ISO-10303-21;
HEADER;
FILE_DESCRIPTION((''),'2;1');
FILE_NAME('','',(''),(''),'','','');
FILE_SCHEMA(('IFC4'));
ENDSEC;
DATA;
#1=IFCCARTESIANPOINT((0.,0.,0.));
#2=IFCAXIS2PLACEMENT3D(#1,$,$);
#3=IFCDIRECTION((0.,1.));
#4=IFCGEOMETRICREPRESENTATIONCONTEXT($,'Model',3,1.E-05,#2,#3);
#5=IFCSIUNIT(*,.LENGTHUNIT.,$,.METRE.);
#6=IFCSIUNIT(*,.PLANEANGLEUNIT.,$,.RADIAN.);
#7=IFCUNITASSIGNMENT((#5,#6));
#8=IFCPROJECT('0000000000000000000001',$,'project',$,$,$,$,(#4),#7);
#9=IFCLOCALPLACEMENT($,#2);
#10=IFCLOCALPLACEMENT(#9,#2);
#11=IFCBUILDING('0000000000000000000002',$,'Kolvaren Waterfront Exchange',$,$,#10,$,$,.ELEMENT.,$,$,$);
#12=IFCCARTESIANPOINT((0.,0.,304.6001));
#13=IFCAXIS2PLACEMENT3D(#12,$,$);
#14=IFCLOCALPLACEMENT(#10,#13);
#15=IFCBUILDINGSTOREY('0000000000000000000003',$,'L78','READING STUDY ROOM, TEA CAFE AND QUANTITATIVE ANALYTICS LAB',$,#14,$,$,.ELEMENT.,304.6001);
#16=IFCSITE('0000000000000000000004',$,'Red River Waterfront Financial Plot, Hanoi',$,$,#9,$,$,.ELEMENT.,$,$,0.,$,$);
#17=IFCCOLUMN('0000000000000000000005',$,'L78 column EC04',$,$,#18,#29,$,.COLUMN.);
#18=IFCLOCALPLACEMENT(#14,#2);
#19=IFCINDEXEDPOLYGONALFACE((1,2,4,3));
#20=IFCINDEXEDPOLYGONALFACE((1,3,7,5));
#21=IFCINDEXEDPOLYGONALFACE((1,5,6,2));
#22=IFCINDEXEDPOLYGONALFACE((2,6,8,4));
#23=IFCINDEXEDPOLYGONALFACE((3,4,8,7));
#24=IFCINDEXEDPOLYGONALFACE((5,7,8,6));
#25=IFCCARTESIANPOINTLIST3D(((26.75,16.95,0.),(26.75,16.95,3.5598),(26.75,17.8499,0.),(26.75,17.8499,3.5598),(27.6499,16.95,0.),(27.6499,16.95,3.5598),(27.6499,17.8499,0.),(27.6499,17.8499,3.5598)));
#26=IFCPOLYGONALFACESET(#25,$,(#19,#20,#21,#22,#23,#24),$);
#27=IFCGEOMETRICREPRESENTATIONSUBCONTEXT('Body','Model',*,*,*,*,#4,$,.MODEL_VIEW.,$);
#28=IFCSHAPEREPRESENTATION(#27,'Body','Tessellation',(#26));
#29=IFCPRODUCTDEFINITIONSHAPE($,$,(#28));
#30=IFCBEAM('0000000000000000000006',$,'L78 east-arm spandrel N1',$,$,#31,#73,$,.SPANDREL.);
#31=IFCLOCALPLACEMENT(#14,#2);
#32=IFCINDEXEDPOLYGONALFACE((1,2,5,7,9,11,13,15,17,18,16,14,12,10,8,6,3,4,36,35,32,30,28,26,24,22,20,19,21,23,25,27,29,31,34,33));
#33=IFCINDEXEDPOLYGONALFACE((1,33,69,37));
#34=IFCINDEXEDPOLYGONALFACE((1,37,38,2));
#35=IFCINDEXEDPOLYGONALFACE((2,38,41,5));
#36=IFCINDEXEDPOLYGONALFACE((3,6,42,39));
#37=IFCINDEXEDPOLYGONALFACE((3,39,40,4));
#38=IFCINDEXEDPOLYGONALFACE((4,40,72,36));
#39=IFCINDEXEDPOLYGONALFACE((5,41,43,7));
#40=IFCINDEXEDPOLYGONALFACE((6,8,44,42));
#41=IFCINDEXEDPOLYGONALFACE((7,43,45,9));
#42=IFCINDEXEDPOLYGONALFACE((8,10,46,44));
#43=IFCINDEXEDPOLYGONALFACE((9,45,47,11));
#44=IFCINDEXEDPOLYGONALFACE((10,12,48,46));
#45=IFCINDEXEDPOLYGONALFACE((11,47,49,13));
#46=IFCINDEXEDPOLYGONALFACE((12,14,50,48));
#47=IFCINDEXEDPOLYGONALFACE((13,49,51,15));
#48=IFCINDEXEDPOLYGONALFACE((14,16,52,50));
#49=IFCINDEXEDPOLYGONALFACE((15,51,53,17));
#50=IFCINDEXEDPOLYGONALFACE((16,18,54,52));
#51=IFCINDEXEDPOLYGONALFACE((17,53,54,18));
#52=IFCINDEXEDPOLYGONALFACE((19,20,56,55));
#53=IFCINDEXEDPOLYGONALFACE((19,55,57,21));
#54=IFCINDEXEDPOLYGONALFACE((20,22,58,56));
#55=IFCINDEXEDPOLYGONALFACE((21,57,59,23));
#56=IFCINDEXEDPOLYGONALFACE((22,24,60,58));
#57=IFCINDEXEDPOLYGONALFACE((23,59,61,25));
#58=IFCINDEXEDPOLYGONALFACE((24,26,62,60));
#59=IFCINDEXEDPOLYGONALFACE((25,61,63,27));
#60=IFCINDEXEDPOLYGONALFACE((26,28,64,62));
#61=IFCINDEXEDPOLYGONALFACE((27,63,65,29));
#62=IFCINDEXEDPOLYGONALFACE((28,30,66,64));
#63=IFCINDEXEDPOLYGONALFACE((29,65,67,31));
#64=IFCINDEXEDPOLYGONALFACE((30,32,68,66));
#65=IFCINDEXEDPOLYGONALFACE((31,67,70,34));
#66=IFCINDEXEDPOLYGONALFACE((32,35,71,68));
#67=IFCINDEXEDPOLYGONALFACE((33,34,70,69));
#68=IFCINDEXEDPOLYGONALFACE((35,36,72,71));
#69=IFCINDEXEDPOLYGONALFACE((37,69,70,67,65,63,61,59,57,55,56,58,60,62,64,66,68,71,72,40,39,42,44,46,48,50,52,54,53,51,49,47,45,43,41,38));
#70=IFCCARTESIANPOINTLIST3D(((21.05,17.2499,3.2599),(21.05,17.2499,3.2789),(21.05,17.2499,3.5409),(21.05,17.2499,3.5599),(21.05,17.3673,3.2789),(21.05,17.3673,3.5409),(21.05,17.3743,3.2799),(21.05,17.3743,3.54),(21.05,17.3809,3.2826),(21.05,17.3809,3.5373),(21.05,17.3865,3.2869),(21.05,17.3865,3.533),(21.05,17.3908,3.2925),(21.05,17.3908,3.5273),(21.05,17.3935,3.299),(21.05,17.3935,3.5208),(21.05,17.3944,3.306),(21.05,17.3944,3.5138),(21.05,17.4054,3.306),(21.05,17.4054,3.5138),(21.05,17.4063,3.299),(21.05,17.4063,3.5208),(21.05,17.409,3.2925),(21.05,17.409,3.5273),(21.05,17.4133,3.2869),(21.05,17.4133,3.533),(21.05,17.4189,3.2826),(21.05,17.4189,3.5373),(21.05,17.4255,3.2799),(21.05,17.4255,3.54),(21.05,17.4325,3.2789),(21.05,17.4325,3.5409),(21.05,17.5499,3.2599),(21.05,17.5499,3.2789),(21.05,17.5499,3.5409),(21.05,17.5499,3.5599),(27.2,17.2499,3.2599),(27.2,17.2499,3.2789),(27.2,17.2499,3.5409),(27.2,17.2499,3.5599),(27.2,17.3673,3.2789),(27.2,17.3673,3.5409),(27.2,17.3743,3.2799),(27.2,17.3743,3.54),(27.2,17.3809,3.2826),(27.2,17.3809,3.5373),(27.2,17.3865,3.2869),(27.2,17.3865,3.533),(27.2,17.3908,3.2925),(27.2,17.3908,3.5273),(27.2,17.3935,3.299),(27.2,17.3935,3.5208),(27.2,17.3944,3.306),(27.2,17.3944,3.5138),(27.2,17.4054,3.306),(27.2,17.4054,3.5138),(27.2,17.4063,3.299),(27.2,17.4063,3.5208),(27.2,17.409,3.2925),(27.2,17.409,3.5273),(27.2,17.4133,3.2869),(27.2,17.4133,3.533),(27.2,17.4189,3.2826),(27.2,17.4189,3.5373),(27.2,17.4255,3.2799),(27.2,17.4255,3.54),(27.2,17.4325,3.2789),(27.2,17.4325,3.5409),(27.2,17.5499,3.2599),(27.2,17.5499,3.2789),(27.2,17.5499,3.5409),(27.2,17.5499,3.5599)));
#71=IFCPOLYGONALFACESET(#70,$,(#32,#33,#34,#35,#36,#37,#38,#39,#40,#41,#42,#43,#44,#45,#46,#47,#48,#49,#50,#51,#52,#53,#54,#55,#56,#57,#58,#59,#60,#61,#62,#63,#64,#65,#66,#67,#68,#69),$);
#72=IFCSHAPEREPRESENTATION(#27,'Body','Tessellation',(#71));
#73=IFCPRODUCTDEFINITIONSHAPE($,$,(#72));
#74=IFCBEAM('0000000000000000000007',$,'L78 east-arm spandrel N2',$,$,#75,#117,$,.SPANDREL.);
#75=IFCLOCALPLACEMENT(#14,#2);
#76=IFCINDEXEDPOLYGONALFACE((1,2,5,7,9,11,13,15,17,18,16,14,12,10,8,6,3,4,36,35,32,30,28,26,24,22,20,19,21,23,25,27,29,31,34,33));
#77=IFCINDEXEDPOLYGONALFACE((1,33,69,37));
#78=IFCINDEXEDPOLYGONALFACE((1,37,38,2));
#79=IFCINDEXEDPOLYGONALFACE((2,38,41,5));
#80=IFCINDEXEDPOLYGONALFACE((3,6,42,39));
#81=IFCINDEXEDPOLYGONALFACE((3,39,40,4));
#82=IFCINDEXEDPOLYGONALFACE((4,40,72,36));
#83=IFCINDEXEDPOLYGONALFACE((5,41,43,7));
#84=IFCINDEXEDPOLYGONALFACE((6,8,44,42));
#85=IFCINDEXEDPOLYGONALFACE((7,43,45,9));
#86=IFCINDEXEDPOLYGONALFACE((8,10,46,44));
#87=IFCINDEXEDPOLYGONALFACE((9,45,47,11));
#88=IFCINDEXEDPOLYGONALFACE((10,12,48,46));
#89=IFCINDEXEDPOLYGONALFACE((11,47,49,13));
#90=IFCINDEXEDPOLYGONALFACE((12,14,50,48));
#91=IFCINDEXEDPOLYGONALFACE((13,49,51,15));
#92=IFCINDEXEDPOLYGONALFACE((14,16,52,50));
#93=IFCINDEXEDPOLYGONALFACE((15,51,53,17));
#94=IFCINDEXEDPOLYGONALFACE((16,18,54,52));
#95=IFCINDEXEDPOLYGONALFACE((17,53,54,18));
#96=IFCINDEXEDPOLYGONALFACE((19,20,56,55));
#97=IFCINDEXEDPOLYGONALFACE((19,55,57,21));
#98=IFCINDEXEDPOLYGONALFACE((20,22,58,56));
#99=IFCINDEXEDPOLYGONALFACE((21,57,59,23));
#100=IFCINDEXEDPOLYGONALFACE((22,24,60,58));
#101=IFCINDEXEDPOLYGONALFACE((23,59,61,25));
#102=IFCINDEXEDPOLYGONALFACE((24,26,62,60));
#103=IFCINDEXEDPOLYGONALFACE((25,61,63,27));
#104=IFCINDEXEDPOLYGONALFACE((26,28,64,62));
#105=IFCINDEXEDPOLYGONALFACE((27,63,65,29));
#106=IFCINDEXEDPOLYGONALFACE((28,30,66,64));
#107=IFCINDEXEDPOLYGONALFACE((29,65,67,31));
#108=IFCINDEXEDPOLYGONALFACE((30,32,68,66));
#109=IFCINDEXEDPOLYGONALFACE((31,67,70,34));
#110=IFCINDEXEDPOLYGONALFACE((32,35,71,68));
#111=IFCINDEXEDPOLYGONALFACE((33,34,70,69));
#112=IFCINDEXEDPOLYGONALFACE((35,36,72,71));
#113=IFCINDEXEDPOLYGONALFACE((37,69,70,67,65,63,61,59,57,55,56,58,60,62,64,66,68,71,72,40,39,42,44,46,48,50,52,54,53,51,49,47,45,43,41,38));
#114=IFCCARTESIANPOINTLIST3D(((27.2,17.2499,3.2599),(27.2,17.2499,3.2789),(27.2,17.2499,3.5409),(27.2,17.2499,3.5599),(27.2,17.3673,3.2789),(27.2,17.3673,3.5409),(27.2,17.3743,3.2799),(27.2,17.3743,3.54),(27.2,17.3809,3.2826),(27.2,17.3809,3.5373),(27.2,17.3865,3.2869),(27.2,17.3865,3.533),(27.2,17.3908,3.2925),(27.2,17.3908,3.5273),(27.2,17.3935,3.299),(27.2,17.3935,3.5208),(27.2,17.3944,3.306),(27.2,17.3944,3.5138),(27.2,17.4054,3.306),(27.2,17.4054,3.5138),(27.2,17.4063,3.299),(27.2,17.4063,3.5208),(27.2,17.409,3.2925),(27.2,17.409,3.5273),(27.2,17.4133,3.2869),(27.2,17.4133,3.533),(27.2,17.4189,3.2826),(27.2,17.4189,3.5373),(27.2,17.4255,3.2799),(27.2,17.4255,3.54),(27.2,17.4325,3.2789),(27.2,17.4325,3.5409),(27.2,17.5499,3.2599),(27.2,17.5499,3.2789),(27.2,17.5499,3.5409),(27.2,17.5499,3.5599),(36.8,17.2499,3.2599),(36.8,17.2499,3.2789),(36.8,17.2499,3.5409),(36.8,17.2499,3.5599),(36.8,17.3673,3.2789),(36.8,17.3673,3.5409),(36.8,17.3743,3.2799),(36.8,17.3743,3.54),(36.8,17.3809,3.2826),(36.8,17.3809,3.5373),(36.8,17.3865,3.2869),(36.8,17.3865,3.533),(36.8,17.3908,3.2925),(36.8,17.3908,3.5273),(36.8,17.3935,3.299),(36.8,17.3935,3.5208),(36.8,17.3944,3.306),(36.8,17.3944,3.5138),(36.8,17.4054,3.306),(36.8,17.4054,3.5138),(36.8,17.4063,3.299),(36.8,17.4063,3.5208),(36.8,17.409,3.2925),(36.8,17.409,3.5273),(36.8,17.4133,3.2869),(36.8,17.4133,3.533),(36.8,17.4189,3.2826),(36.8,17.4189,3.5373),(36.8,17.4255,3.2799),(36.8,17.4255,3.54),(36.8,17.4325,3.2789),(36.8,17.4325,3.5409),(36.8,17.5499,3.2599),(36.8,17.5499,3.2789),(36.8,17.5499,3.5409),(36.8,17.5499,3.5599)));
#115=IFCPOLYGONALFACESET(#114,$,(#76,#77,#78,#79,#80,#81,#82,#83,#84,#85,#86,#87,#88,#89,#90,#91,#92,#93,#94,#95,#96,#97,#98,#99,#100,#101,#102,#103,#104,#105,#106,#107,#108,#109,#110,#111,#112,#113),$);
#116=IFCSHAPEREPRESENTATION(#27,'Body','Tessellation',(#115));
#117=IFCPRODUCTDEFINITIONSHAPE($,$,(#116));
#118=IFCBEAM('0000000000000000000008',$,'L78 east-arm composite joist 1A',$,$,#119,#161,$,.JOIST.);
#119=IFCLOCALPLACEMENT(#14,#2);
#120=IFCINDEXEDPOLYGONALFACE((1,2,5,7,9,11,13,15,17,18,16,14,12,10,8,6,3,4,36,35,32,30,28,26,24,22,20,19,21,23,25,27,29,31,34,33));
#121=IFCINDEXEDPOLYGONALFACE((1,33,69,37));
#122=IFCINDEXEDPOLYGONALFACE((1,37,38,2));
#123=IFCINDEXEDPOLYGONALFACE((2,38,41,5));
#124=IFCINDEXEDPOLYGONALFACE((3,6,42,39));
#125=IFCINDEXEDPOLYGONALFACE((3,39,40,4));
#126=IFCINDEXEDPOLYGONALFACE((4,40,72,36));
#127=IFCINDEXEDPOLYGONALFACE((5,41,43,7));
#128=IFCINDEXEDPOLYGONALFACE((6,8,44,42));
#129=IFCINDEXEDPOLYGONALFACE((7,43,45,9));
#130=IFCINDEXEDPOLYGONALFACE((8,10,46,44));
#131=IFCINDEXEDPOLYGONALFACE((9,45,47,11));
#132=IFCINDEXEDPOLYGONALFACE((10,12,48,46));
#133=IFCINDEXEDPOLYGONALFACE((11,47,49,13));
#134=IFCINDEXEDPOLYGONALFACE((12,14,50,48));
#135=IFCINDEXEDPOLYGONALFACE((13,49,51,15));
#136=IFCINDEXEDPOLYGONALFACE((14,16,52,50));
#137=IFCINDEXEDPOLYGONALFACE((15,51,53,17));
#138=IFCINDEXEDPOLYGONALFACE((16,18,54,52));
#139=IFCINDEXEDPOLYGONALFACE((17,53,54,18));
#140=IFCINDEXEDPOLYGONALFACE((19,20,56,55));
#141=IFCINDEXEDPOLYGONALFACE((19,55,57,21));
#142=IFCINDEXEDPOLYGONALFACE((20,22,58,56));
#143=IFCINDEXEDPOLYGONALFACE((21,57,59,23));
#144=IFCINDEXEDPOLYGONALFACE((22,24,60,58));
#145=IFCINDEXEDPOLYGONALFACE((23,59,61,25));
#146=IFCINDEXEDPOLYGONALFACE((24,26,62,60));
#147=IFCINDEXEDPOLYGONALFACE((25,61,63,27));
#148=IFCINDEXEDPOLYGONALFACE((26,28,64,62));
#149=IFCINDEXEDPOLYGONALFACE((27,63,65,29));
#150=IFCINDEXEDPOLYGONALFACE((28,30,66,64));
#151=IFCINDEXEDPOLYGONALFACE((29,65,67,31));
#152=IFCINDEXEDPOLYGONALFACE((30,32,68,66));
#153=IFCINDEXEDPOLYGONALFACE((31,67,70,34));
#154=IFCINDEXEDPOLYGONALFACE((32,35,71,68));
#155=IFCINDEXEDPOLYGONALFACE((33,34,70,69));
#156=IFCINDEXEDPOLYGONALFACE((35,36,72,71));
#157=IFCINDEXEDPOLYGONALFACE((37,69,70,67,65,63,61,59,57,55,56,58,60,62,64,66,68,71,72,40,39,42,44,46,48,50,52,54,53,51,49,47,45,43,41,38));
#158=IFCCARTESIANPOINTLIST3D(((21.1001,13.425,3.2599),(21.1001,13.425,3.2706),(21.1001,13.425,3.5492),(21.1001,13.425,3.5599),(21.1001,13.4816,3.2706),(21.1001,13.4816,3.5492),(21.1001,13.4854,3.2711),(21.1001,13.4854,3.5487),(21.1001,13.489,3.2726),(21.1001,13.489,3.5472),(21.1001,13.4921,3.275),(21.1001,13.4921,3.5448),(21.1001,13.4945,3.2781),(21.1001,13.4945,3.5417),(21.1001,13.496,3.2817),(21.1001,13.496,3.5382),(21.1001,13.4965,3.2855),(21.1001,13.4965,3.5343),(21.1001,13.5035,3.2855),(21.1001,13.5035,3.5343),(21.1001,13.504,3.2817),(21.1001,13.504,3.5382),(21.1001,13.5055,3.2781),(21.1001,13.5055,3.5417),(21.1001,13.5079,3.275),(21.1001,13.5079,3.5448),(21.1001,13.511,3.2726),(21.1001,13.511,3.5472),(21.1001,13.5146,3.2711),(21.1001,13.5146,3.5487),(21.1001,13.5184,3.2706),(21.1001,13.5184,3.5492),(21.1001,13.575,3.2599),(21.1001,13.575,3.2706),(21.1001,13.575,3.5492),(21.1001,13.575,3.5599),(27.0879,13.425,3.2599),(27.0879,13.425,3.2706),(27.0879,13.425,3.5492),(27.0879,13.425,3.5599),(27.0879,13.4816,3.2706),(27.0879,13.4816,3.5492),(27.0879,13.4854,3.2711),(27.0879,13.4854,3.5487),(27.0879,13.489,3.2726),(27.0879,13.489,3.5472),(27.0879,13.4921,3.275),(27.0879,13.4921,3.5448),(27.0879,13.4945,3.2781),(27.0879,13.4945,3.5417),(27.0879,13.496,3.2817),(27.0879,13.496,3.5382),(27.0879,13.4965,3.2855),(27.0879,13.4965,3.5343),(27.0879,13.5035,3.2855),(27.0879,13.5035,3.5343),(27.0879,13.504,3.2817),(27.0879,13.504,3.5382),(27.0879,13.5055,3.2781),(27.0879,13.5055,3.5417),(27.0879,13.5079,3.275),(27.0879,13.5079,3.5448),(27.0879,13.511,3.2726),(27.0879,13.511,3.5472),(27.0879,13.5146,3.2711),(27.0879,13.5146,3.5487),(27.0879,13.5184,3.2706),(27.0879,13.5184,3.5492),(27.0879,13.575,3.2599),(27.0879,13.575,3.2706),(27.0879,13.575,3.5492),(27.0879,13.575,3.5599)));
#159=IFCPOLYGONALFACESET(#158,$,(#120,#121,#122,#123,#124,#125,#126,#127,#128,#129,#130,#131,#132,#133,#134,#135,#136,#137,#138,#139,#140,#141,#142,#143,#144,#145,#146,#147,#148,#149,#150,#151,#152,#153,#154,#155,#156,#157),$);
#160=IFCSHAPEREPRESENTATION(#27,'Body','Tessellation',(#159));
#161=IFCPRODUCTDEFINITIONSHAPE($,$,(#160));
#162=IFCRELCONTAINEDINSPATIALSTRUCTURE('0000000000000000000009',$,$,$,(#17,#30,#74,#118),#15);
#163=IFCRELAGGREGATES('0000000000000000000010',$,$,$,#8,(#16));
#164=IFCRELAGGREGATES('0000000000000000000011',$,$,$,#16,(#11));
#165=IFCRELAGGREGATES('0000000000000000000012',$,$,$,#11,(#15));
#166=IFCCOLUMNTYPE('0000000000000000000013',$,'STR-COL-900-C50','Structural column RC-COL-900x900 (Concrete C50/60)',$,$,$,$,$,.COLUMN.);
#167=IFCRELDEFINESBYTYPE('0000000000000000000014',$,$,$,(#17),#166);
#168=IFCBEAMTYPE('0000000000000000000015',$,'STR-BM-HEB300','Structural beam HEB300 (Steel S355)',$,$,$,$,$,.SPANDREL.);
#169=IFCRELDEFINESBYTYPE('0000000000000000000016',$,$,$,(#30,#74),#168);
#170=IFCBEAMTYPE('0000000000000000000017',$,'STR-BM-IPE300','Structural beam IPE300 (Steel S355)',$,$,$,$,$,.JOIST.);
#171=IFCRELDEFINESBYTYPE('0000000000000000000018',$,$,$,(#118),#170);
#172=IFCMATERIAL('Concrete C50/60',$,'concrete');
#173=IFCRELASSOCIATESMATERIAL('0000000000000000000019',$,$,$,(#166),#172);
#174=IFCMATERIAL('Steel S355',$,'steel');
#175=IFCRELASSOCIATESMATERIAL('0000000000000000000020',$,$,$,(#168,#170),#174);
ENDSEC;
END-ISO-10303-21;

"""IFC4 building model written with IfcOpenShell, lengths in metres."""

from ifc_helpers import new_model, si_unit, direction, frame, origin, origin_2d, place, context, subcontext, project, spatial, rectangle, i_section, extrude, material, material_profile, profile_set, type_object, element, save


model = new_model("IFC4")

# Units and contexts
model_context = context("Model", 3, precision=1e-05, world=origin(), true_north=direction((0.0, 1.0)))
body_context = subcontext(model_context, "Body", "Model", "MODEL_VIEW")
ifc_project = project(units=[si_unit("LENGTHUNIT", "METRE"), si_unit("PLANEANGLEUNIT", "RADIAN")], contexts=[model_context])

# Site, building, storey
site_placement = place(None, origin())
site = spatial("IfcSite", under=ifc_project, at=site_placement, Name="Red River Waterfront Financial Plot, Hanoi", CompositionType="ELEMENT", RefElevation=0.0)
building_placement = place(site_placement, origin())
building = spatial("IfcBuilding", under=site, at=building_placement, Name="Kolvaren Waterfront Exchange", CompositionType="ELEMENT")
storey_placement = place(building_placement, frame((0.0, 0.0, 304.6001)))
storey = spatial("IfcBuildingStorey", under=building, at=storey_placement, Name="L78", Description="READING STUDY ROOM, TEA CAFE AND QUANTITATIVE ANALYTICS LAB", CompositionType="ELEMENT", Elevation=304.6001)

# Column
ifc_material_1 = material(Name="Concrete C50/60", Category="concrete")
ifc_material_profile_1 = material_profile(ifc_material_1, rectangle(XDim=0.8999, YDim=0.8999, at=origin_2d()), Name="RC-COL-900x900")
ifc_profile_set_1 = profile_set([ifc_material_profile_1], Name="Concrete C50/60")
column_type = type_object("IfcColumnType", Name="STR-COL-900-C50", Description="Structural column RC-COL-900x900 (Concrete C50/60)", PredefinedType="COLUMN", material=ifc_profile_set_1)
column_placement = place(storey_placement, frame((27.2, 17.3999, 0.0), z_axis=(0.0, 0.0, 1.0), x_axis=(1.0, 0.0, 0.0)))
element("IfcColumn", 1, at=column_placement, inside=storey, type_object=column_type, Name="L78 column EC04", PredefinedType="COLUMN", context=body_context, shape_type="SweptSolid", body=[
    extrude(rectangle(XDim=0.8999, YDim=0.8999, at=origin_2d()), origin(), (0.0, 0.0, 1.0), 3.5598),
])

# Beams
ifc_material_2 = material(Name="Steel S355", Category="steel")
ifc_material_profile_2 = material_profile(ifc_material_2, i_section(OverallWidth=0.3, OverallDepth=0.3, WebThickness=0.011, FlangeThickness=0.019, FilletRadius=0.0271, at=origin_2d()), Name="HEB300")
ifc_profile_set_2 = profile_set([ifc_material_profile_2], Name="Steel S355")
beam_type_1 = type_object("IfcBeamType", Name="STR-BM-HEB300", Description="Structural beam HEB300 (Steel S355)", PredefinedType="SPANDREL", material=ifc_profile_set_2)
beam_1_placement = place(storey_placement, frame((21.05, 17.3999, 3.4099), z_axis=(1.0, 0.0, 0.0), x_axis=(0.0, 1.0, 0.0)))
element("IfcBeam", 2, at=beam_1_placement, inside=storey, type_object=beam_type_1, Name="L78 east-arm spandrel N1", PredefinedType="SPANDREL", context=body_context, shape_type="SweptSolid", body=[
    extrude(i_section(OverallWidth=0.3, OverallDepth=0.3, WebThickness=0.011, FlangeThickness=0.019, FilletRadius=0.0271, at=origin_2d()), origin(), (0.0, 0.0, 1.0), 6.1499),
])
beam_2_placement = place(storey_placement, frame((27.2, 17.3999, 3.4099), z_axis=(1.0, 0.0, 0.0), x_axis=(0.0, 1.0, 0.0)))
element("IfcBeam", 3, at=beam_2_placement, inside=storey, type_object=beam_type_1, Name="L78 east-arm spandrel N2", PredefinedType="SPANDREL", context=body_context, shape_type="SweptSolid", body=[
    extrude(i_section(OverallWidth=0.3, OverallDepth=0.3, WebThickness=0.011, FlangeThickness=0.019, FilletRadius=0.0271, at=origin_2d()), origin(), (0.0, 0.0, 1.0), 9.6001),
])
ifc_material_profile_3 = material_profile(ifc_material_2, i_section(OverallWidth=0.1499, OverallDepth=0.3, WebThickness=0.0071, FlangeThickness=0.0107, FilletRadius=0.0149, at=origin_2d()), Name="IPE300")
ifc_profile_set_3 = profile_set([ifc_material_profile_3], Name="Steel S355")
beam_type_2 = type_object("IfcBeamType", Name="STR-BM-IPE300", Description="Structural beam IPE300 (Steel S355)", PredefinedType="JOIST", material=ifc_profile_set_3)
for number, where, z_axis, x_axis, name in (
    (4, (21.1001, 13.5, 3.4099), (1.0, 0.0, 0.0), (0.0, 1.0, 0.0), "L78 east-arm composite joist 1A"),
):
    element("IfcBeam", number, at=place(storey_placement, frame(where, z_axis=z_axis, x_axis=x_axis)), inside=storey, type_object=beam_type_2, Name=name, PredefinedType="JOIST", context=body_context, shape_type="SweptSolid", body=[
        extrude(i_section(OverallWidth=0.1499, OverallDepth=0.3, WebThickness=0.0071, FlangeThickness=0.0107, FilletRadius=0.0149, at=origin_2d()), origin(), (0.0, 0.0, 1.0), 5.9878),
    ])

save(model, "model.ifc")
